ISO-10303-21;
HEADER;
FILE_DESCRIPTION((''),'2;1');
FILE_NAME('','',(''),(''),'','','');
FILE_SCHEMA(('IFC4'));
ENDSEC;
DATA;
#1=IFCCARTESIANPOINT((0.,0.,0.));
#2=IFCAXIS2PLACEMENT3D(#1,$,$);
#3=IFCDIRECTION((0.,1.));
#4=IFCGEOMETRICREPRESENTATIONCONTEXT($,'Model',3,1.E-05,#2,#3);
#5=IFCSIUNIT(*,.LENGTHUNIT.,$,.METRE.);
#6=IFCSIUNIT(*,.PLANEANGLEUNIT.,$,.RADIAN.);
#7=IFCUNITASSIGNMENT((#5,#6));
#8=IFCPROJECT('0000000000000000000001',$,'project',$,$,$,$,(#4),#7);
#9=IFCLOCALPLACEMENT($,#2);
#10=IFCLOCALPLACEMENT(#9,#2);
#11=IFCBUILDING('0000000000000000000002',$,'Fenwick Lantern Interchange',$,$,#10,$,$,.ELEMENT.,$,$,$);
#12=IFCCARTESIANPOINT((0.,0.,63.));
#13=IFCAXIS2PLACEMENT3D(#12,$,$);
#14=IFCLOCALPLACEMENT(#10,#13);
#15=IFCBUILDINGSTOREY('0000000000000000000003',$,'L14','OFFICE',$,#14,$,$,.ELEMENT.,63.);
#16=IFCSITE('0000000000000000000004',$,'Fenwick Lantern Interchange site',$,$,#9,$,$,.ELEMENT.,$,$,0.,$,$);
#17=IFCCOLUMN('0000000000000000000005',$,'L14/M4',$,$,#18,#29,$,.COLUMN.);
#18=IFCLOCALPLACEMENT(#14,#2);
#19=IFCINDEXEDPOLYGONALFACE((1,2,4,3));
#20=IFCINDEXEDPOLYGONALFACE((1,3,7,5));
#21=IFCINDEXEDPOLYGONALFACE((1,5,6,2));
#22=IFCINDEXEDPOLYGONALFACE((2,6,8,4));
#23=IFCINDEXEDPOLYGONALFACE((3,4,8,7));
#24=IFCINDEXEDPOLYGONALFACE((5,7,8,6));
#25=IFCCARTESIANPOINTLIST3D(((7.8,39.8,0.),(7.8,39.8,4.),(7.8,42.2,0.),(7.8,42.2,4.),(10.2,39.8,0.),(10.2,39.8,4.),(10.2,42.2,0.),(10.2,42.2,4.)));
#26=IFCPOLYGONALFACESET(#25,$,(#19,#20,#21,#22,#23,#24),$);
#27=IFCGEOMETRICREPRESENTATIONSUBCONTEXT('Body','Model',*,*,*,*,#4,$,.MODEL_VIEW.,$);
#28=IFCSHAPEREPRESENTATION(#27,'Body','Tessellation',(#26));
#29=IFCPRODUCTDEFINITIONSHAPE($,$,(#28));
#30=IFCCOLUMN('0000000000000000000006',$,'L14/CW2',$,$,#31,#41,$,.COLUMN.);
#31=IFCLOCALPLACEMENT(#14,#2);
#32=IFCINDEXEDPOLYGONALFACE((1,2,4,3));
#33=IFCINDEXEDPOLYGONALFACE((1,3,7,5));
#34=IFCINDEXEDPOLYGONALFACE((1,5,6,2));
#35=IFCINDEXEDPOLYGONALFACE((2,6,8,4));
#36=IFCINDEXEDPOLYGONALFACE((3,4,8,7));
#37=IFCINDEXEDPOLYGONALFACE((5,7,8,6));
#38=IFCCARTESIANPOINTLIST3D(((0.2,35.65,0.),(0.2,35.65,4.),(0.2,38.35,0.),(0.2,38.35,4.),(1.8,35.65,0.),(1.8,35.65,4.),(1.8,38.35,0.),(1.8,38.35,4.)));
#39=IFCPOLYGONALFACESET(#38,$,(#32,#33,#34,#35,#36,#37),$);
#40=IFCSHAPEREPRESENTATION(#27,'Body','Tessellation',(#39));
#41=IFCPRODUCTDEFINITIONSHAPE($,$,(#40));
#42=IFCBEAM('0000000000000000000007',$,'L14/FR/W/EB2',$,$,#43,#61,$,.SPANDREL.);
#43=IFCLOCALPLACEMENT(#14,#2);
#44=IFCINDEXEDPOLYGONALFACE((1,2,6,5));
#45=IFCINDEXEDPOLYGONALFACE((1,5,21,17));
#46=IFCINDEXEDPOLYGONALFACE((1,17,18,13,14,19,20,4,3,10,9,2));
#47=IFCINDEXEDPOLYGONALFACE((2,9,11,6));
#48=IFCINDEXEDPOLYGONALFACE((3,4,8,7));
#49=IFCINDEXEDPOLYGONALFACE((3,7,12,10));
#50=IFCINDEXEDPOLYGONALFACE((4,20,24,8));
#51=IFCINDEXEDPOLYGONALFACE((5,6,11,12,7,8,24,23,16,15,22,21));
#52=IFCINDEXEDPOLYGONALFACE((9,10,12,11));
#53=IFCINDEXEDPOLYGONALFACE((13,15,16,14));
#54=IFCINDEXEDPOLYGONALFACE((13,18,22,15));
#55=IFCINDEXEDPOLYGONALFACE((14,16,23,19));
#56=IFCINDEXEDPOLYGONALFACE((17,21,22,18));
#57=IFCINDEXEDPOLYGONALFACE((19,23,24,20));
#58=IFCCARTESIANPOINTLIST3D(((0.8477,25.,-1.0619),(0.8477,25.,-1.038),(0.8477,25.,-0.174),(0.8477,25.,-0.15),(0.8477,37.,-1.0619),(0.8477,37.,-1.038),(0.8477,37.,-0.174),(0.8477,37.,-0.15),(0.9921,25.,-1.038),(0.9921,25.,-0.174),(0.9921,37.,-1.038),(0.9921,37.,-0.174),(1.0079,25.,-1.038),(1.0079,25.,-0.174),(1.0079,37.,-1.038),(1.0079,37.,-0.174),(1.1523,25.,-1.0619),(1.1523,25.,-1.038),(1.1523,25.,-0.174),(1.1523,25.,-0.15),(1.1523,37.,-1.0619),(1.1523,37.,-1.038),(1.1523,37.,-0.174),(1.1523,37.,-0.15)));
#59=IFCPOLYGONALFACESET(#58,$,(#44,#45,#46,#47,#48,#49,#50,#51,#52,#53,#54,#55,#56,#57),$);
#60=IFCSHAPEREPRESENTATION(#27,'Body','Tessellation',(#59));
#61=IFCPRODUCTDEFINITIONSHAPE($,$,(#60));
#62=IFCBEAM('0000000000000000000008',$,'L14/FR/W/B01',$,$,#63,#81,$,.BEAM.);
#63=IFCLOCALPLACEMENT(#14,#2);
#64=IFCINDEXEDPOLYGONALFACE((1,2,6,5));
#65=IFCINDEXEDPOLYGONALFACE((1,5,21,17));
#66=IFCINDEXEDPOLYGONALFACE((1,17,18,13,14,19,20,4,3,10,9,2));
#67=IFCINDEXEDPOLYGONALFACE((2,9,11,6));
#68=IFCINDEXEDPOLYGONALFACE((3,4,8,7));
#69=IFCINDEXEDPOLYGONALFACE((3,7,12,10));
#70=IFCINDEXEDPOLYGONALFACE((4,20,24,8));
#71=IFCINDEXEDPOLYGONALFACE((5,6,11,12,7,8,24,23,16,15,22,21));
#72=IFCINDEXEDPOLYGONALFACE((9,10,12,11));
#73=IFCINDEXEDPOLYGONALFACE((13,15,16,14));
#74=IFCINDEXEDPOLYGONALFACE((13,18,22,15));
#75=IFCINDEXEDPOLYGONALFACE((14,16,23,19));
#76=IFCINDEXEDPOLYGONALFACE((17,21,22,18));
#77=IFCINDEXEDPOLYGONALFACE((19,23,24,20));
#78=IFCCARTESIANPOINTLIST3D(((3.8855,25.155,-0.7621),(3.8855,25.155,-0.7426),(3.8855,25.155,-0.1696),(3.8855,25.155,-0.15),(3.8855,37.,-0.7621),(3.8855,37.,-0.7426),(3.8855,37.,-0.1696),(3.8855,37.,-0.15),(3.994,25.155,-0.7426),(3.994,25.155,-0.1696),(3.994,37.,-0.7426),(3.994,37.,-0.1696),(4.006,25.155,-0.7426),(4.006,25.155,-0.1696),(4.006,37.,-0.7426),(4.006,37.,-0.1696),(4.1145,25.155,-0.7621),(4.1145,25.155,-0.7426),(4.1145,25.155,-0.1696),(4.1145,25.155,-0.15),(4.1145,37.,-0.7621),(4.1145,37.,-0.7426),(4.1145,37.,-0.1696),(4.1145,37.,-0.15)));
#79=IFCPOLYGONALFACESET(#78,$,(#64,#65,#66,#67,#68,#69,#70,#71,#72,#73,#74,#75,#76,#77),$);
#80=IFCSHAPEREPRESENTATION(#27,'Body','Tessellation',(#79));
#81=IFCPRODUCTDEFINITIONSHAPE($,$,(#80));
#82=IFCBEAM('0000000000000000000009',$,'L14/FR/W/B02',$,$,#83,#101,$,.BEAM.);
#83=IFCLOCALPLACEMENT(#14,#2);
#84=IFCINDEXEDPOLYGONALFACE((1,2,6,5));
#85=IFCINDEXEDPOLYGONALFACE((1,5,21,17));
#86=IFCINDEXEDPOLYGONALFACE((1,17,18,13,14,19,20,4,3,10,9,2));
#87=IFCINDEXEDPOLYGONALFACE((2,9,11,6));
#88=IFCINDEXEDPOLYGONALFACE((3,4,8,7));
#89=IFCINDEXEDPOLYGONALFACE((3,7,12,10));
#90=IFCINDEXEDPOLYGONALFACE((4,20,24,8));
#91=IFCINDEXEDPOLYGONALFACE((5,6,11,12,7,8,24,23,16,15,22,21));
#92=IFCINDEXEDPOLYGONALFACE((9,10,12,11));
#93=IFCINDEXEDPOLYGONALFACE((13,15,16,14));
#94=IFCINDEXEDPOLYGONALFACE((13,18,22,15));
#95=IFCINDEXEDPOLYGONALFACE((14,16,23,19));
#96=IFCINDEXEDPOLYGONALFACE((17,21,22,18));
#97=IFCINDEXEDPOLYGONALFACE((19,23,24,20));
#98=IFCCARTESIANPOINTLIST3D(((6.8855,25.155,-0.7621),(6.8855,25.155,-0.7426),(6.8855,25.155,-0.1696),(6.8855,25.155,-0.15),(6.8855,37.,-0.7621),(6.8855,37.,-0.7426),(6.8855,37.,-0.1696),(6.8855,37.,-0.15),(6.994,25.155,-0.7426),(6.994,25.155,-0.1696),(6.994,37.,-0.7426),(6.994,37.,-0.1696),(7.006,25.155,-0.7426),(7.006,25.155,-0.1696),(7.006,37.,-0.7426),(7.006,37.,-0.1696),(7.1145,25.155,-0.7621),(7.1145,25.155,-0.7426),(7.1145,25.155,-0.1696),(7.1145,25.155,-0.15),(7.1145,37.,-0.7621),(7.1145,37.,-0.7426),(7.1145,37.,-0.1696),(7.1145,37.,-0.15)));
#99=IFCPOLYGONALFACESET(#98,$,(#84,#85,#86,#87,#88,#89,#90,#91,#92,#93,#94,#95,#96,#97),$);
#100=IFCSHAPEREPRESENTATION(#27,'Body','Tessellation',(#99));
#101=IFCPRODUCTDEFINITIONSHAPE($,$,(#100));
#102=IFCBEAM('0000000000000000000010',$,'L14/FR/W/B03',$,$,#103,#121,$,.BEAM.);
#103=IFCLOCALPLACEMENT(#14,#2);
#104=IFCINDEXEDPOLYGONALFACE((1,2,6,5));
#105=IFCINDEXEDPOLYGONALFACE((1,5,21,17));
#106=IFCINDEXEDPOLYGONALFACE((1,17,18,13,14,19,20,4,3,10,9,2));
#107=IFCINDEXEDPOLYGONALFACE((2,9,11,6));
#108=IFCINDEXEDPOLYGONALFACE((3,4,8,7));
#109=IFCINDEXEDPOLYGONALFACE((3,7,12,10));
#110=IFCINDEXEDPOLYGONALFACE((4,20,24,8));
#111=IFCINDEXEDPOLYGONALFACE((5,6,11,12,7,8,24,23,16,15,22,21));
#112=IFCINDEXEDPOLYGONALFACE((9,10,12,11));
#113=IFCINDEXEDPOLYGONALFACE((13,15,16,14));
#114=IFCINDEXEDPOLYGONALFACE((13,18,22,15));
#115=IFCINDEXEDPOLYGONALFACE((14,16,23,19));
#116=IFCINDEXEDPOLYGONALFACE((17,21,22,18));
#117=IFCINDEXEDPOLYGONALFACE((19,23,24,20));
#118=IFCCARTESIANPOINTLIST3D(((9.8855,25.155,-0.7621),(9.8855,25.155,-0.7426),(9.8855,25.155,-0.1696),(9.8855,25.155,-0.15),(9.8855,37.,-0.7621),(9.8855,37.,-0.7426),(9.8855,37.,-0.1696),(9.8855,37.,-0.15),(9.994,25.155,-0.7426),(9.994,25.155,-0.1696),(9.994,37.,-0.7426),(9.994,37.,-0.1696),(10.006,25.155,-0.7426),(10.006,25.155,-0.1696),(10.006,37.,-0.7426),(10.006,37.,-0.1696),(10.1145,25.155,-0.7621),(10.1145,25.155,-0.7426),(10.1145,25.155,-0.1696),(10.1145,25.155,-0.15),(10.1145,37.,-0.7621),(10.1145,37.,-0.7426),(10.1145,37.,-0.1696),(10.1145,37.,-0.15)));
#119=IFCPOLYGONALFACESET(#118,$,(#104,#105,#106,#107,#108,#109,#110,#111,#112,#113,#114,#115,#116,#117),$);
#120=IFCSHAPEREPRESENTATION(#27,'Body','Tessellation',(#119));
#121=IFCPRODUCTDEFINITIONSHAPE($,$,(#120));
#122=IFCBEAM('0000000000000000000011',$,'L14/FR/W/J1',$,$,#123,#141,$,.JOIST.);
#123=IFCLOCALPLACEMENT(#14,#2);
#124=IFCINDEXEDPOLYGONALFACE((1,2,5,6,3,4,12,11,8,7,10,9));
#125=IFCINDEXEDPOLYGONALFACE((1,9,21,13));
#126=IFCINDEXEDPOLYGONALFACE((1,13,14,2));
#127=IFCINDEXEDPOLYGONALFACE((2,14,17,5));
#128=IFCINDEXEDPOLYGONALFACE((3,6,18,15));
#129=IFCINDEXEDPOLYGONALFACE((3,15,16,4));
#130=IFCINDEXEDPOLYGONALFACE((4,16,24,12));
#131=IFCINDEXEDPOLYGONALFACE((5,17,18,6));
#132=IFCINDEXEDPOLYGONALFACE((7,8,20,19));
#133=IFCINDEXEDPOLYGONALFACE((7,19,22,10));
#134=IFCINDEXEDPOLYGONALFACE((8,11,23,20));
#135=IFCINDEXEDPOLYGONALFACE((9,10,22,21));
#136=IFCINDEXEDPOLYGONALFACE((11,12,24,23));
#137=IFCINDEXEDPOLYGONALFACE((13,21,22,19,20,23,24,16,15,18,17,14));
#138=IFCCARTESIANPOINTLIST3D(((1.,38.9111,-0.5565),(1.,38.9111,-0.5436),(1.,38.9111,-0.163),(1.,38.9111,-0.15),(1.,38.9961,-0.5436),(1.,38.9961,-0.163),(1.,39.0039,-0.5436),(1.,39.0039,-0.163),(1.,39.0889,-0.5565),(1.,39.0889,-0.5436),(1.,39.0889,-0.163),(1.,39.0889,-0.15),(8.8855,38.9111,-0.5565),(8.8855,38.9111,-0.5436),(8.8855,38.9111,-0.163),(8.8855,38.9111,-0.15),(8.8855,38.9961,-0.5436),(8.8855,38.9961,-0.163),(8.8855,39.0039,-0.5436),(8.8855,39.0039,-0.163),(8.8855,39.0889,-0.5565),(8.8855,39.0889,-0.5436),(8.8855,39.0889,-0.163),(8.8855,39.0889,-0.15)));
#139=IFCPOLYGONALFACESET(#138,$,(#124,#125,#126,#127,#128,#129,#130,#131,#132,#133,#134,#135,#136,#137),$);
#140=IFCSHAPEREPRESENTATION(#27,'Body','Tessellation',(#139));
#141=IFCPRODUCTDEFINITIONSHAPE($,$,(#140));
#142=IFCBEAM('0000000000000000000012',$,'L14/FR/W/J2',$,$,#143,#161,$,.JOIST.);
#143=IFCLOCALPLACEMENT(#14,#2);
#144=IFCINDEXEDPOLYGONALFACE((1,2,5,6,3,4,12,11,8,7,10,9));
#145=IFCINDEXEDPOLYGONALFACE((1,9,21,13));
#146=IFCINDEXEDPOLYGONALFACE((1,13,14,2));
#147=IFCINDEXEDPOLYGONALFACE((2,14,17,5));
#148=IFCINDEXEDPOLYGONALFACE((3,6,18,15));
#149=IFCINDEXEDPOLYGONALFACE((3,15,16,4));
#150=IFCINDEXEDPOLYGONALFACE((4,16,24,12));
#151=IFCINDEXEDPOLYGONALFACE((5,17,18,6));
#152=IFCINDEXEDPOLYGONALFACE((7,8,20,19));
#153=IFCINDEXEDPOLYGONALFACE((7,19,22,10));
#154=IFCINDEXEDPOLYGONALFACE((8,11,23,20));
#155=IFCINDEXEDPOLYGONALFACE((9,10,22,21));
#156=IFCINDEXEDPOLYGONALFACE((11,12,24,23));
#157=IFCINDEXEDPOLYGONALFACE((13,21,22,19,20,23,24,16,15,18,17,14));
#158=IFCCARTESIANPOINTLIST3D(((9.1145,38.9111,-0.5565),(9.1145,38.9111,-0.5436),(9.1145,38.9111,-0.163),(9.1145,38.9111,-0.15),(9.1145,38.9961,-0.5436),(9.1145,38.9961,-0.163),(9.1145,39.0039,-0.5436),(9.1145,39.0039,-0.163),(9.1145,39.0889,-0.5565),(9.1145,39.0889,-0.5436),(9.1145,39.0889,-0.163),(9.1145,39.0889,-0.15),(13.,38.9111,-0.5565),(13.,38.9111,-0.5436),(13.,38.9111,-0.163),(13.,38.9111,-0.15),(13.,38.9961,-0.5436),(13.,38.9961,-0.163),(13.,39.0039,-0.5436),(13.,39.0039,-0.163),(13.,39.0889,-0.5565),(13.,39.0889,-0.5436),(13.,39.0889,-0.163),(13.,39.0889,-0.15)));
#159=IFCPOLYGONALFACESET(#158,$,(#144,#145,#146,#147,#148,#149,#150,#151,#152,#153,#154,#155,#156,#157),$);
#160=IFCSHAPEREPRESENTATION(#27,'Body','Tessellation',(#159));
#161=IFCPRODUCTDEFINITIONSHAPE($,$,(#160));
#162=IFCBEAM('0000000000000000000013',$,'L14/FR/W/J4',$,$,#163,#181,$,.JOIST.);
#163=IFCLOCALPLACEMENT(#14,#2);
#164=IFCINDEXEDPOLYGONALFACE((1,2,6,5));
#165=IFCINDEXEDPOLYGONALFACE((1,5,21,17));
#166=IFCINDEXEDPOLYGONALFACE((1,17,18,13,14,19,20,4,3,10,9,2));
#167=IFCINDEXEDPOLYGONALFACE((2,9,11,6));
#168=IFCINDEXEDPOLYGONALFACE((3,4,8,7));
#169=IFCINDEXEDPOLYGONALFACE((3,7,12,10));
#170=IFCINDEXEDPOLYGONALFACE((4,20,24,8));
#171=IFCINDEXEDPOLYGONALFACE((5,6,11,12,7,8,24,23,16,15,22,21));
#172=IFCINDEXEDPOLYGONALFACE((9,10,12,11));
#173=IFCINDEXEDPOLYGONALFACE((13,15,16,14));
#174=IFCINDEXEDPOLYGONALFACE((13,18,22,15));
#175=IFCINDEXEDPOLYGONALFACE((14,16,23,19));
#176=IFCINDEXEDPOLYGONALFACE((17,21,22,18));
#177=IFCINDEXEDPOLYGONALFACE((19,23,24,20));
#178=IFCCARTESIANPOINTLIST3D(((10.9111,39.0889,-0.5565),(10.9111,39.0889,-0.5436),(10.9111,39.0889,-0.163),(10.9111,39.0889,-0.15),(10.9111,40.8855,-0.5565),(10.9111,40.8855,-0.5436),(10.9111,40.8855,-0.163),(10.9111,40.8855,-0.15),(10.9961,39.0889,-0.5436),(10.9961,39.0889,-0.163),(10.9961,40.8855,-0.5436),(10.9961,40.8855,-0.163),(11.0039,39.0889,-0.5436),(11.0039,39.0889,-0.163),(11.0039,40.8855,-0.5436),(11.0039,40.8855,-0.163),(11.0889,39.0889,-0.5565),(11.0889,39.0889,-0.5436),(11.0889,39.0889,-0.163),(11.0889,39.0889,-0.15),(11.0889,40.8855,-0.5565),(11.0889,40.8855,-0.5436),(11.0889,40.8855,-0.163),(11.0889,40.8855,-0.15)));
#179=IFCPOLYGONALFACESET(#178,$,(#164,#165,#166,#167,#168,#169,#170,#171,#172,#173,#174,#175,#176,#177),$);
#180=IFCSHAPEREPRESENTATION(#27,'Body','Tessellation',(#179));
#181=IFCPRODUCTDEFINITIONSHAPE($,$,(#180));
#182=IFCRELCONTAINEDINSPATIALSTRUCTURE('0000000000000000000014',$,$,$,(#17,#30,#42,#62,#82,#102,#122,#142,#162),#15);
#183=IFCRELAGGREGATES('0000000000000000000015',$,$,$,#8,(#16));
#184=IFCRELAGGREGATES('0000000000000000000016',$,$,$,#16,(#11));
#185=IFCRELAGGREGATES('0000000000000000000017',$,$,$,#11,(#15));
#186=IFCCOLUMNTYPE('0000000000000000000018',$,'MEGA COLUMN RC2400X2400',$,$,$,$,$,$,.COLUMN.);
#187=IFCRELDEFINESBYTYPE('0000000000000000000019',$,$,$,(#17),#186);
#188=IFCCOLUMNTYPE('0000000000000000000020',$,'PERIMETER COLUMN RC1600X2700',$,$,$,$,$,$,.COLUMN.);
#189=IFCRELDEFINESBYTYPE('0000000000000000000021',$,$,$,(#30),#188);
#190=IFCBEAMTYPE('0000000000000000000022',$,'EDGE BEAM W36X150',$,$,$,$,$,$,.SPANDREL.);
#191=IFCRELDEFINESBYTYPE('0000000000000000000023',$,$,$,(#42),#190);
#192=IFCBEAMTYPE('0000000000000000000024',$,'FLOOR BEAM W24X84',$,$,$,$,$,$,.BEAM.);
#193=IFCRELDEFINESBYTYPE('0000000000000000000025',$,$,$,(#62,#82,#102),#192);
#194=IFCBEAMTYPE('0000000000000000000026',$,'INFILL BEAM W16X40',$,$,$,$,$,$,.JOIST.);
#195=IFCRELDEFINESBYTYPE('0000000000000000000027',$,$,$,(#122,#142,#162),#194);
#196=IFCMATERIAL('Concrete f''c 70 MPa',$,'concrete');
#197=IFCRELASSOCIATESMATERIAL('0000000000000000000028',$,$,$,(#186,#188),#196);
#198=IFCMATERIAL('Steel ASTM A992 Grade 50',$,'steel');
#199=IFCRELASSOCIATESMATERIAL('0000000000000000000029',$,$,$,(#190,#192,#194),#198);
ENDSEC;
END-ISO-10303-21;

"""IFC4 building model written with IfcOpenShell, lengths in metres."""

from ifc_helpers import new_model, si_unit, direction, frame, origin, origin_2d, place, context, subcontext, project, spatial, rectangle, i_section, extrude, material, material_profile, profile_set, type_object, element, save


model = new_model("IFC4")

# Units and contexts
model_context = context("Model", 3, precision=1e-05, world=origin(), true_north=direction((0.0, 1.0)))
body_context = subcontext(model_context, "Body", "Model", "MODEL_VIEW")
ifc_project = project(units=[si_unit("LENGTHUNIT", "METRE"), si_unit("PLANEANGLEUNIT", "RADIAN")], contexts=[model_context])

# Site, building, storey
site_placement = place(None, origin())
site = spatial("IfcSite", under=ifc_project, at=site_placement, Name="Fenwick Lantern Interchange site", CompositionType="ELEMENT", RefElevation=0.0)
building_placement = place(site_placement, origin())
building = spatial("IfcBuilding", under=site, at=building_placement, Name="Fenwick Lantern Interchange", CompositionType="ELEMENT")
storey_placement = place(building_placement, frame((0.0, 0.0, 63.0)))
storey = spatial("IfcBuildingStorey", under=building, at=storey_placement, Name="L14", Description="OFFICE", CompositionType="ELEMENT", Elevation=63.0)

# Columns
ifc_material_1 = material(Name="Concrete f'c 70 MPa", Category="concrete")
ifc_material_profile_1 = material_profile(ifc_material_1, rectangle(XDim=2.3999, YDim=2.3999, at=origin_2d()), Name="RC2400X2400")
ifc_profile_set_1 = profile_set([ifc_material_profile_1], Name="Concrete f'c 70 MPa")
column_type_1 = type_object("IfcColumnType", Name="MEGA COLUMN RC2400X2400", PredefinedType="COLUMN", material=ifc_profile_set_1)
column_1_placement = place(storey_placement, frame((9.0, 41.0, 0.0), z_axis=(0.0, 0.0, 1.0), x_axis=(1.0, 0.0, 0.0)))
element("IfcColumn", 1, at=column_1_placement, inside=storey, type_object=column_type_1, Name="L14/M4", PredefinedType="COLUMN", context=body_context, shape_type="SweptSolid", body=[
    extrude(rectangle(XDim=2.3999, YDim=2.3999, at=origin_2d()), origin(), (0.0, 0.0, 1.0), 4.0),
])
ifc_material_profile_2 = material_profile(ifc_material_1, rectangle(XDim=1.6001, YDim=2.7, at=origin_2d()), Name="RC1600X2700")
ifc_profile_set_2 = profile_set([ifc_material_profile_2], Name="Concrete f'c 70 MPa")
column_type_2 = type_object("IfcColumnType", Name="PERIMETER COLUMN RC1600X2700", PredefinedType="COLUMN", material=ifc_profile_set_2)
column_2_placement = place(storey_placement, frame((1.0, 37.0, 0.0), z_axis=(0.0, 0.0, 1.0), x_axis=(1.0, 0.0, 0.0)))
element("IfcColumn", 2, at=column_2_placement, inside=storey, type_object=column_type_2, Name="L14/CW2", PredefinedType="COLUMN", context=body_context, shape_type="SweptSolid", body=[
    extrude(rectangle(XDim=1.6001, YDim=2.7, at=origin_2d()), origin(), (0.0, 0.0, 1.0), 4.0),
])

# Beams
ifc_material_2 = material(Name="Steel ASTM A992 Grade 50", Category="steel")
ifc_material_profile_3 = material_profile(ifc_material_2, i_section(OverallWidth=0.3047, OverallDepth=0.9119, WebThickness=0.0159, FlangeThickness=0.0239, at=origin_2d()), Name="W36X150")
ifc_profile_set_3 = profile_set([ifc_material_profile_3], Name="Steel ASTM A992 Grade 50")
beam_type_1 = type_object("IfcBeamType", Name="EDGE BEAM W36X150", PredefinedType="SPANDREL", material=ifc_profile_set_3)
beam_1_placement = place(storey_placement, frame((1.0, 37.0, -0.606), z_axis=(0.0, -1.0, 0.0), x_axis=(1.0, 0.0, 0.0)))
element("IfcBeam", 3, at=beam_1_placement, inside=storey, type_object=beam_type_1, Name="L14/FR/W/EB2", PredefinedType="SPANDREL", context=body_context, shape_type="SweptSolid", body=[
    extrude(i_section(OverallWidth=0.3047, OverallDepth=0.9119, WebThickness=0.0159, FlangeThickness=0.0239, at=origin_2d()), origin(), (0.0, 0.0, 1.0), 12.0),
])
ifc_material_profile_4 = material_profile(ifc_material_2, i_section(OverallWidth=0.229, OverallDepth=0.6121, WebThickness=0.012, FlangeThickness=0.0195, at=origin_2d()), Name="W24X84")
ifc_profile_set_4 = profile_set([ifc_material_profile_4], Name="Steel ASTM A992 Grade 50")
beam_type_2 = type_object("IfcBeamType", Name="FLOOR BEAM W24X84", PredefinedType="BEAM", material=ifc_profile_set_4)
for number, where, z_axis, x_axis, name in (
    (4, (4.0, 37.0, -0.4561), (0.0, -1.0, 0.0), (1.0, 0.0, 0.0), "L14/FR/W/B01"),
    (5, (7.0, 37.0, -0.4561), (0.0, -1.0, 0.0), (1.0, 0.0, 0.0), "L14/FR/W/B02"),
    (6, (10.0, 37.0, -0.4561), (0.0, -1.0, 0.0), (1.0, 0.0, 0.0), "L14/FR/W/B03"),
):
    element("IfcBeam", number, at=place(storey_placement, frame(where, z_axis=z_axis, x_axis=x_axis)), inside=storey, type_object=beam_type_2, Name=name, PredefinedType="BEAM", context=body_context, shape_type="SweptSolid", body=[
        extrude(i_section(OverallWidth=0.229, OverallDepth=0.6121, WebThickness=0.012, FlangeThickness=0.0195, at=origin_2d()), origin(), (0.0, 0.0, 1.0), 11.845),
    ])
ifc_material_profile_5 = material_profile(ifc_material_2, i_section(OverallWidth=0.1777, OverallDepth=0.4065, WebThickness=0.0078, FlangeThickness=0.0129, at=origin_2d()), Name="W16X40")
ifc_profile_set_5 = profile_set([ifc_material_profile_5], Name="Steel ASTM A992 Grade 50")
beam_type_3 = type_object("IfcBeamType", Name="INFILL BEAM W16X40", PredefinedType="JOIST", material=ifc_profile_set_5)
beam_2_placement = place(storey_placement, frame((1.0, 39.0, -0.3533), z_axis=(1.0, 0.0, 0.0), x_axis=(0.0, 1.0, 0.0)))
element("IfcBeam", 7, at=beam_2_placement, inside=storey, type_object=beam_type_3, Name="L14/FR/W/J1", PredefinedType="JOIST", context=body_context, shape_type="SweptSolid", body=[
    extrude(i_section(OverallWidth=0.1777, OverallDepth=0.4065, WebThickness=0.0078, FlangeThickness=0.0129, at=origin_2d()), origin(), (0.0, 0.0, 1.0), 7.8855),
])
beam_3_placement = place(storey_placement, frame((9.1145, 39.0, -0.3533), z_axis=(1.0, 0.0, 0.0), x_axis=(0.0, 1.0, 0.0)))
element("IfcBeam", 8, at=beam_3_placement, inside=storey, type_object=beam_type_3, Name="L14/FR/W/J2", PredefinedType="JOIST", context=body_context, shape_type="SweptSolid", body=[
    extrude(i_section(OverallWidth=0.1777, OverallDepth=0.4065, WebThickness=0.0078, FlangeThickness=0.0129, at=origin_2d()), origin(), (0.0, 0.0, 1.0), 3.8855),
])
beam_4_placement = place(storey_placement, frame((11.0, 40.8855, -0.3533), z_axis=(0.0, -1.0, 0.0), x_axis=(1.0, 0.0, 0.0)))
element("IfcBeam", 9, at=beam_4_placement, inside=storey, type_object=beam_type_3, Name="L14/FR/W/J4", PredefinedType="JOIST", context=body_context, shape_type="SweptSolid", body=[
    extrude(i_section(OverallWidth=0.1777, OverallDepth=0.4065, WebThickness=0.0078, FlangeThickness=0.0129, at=origin_2d()), origin(), (0.0, 0.0, 1.0), 1.7966),
])

save(model, "model.ifc")
